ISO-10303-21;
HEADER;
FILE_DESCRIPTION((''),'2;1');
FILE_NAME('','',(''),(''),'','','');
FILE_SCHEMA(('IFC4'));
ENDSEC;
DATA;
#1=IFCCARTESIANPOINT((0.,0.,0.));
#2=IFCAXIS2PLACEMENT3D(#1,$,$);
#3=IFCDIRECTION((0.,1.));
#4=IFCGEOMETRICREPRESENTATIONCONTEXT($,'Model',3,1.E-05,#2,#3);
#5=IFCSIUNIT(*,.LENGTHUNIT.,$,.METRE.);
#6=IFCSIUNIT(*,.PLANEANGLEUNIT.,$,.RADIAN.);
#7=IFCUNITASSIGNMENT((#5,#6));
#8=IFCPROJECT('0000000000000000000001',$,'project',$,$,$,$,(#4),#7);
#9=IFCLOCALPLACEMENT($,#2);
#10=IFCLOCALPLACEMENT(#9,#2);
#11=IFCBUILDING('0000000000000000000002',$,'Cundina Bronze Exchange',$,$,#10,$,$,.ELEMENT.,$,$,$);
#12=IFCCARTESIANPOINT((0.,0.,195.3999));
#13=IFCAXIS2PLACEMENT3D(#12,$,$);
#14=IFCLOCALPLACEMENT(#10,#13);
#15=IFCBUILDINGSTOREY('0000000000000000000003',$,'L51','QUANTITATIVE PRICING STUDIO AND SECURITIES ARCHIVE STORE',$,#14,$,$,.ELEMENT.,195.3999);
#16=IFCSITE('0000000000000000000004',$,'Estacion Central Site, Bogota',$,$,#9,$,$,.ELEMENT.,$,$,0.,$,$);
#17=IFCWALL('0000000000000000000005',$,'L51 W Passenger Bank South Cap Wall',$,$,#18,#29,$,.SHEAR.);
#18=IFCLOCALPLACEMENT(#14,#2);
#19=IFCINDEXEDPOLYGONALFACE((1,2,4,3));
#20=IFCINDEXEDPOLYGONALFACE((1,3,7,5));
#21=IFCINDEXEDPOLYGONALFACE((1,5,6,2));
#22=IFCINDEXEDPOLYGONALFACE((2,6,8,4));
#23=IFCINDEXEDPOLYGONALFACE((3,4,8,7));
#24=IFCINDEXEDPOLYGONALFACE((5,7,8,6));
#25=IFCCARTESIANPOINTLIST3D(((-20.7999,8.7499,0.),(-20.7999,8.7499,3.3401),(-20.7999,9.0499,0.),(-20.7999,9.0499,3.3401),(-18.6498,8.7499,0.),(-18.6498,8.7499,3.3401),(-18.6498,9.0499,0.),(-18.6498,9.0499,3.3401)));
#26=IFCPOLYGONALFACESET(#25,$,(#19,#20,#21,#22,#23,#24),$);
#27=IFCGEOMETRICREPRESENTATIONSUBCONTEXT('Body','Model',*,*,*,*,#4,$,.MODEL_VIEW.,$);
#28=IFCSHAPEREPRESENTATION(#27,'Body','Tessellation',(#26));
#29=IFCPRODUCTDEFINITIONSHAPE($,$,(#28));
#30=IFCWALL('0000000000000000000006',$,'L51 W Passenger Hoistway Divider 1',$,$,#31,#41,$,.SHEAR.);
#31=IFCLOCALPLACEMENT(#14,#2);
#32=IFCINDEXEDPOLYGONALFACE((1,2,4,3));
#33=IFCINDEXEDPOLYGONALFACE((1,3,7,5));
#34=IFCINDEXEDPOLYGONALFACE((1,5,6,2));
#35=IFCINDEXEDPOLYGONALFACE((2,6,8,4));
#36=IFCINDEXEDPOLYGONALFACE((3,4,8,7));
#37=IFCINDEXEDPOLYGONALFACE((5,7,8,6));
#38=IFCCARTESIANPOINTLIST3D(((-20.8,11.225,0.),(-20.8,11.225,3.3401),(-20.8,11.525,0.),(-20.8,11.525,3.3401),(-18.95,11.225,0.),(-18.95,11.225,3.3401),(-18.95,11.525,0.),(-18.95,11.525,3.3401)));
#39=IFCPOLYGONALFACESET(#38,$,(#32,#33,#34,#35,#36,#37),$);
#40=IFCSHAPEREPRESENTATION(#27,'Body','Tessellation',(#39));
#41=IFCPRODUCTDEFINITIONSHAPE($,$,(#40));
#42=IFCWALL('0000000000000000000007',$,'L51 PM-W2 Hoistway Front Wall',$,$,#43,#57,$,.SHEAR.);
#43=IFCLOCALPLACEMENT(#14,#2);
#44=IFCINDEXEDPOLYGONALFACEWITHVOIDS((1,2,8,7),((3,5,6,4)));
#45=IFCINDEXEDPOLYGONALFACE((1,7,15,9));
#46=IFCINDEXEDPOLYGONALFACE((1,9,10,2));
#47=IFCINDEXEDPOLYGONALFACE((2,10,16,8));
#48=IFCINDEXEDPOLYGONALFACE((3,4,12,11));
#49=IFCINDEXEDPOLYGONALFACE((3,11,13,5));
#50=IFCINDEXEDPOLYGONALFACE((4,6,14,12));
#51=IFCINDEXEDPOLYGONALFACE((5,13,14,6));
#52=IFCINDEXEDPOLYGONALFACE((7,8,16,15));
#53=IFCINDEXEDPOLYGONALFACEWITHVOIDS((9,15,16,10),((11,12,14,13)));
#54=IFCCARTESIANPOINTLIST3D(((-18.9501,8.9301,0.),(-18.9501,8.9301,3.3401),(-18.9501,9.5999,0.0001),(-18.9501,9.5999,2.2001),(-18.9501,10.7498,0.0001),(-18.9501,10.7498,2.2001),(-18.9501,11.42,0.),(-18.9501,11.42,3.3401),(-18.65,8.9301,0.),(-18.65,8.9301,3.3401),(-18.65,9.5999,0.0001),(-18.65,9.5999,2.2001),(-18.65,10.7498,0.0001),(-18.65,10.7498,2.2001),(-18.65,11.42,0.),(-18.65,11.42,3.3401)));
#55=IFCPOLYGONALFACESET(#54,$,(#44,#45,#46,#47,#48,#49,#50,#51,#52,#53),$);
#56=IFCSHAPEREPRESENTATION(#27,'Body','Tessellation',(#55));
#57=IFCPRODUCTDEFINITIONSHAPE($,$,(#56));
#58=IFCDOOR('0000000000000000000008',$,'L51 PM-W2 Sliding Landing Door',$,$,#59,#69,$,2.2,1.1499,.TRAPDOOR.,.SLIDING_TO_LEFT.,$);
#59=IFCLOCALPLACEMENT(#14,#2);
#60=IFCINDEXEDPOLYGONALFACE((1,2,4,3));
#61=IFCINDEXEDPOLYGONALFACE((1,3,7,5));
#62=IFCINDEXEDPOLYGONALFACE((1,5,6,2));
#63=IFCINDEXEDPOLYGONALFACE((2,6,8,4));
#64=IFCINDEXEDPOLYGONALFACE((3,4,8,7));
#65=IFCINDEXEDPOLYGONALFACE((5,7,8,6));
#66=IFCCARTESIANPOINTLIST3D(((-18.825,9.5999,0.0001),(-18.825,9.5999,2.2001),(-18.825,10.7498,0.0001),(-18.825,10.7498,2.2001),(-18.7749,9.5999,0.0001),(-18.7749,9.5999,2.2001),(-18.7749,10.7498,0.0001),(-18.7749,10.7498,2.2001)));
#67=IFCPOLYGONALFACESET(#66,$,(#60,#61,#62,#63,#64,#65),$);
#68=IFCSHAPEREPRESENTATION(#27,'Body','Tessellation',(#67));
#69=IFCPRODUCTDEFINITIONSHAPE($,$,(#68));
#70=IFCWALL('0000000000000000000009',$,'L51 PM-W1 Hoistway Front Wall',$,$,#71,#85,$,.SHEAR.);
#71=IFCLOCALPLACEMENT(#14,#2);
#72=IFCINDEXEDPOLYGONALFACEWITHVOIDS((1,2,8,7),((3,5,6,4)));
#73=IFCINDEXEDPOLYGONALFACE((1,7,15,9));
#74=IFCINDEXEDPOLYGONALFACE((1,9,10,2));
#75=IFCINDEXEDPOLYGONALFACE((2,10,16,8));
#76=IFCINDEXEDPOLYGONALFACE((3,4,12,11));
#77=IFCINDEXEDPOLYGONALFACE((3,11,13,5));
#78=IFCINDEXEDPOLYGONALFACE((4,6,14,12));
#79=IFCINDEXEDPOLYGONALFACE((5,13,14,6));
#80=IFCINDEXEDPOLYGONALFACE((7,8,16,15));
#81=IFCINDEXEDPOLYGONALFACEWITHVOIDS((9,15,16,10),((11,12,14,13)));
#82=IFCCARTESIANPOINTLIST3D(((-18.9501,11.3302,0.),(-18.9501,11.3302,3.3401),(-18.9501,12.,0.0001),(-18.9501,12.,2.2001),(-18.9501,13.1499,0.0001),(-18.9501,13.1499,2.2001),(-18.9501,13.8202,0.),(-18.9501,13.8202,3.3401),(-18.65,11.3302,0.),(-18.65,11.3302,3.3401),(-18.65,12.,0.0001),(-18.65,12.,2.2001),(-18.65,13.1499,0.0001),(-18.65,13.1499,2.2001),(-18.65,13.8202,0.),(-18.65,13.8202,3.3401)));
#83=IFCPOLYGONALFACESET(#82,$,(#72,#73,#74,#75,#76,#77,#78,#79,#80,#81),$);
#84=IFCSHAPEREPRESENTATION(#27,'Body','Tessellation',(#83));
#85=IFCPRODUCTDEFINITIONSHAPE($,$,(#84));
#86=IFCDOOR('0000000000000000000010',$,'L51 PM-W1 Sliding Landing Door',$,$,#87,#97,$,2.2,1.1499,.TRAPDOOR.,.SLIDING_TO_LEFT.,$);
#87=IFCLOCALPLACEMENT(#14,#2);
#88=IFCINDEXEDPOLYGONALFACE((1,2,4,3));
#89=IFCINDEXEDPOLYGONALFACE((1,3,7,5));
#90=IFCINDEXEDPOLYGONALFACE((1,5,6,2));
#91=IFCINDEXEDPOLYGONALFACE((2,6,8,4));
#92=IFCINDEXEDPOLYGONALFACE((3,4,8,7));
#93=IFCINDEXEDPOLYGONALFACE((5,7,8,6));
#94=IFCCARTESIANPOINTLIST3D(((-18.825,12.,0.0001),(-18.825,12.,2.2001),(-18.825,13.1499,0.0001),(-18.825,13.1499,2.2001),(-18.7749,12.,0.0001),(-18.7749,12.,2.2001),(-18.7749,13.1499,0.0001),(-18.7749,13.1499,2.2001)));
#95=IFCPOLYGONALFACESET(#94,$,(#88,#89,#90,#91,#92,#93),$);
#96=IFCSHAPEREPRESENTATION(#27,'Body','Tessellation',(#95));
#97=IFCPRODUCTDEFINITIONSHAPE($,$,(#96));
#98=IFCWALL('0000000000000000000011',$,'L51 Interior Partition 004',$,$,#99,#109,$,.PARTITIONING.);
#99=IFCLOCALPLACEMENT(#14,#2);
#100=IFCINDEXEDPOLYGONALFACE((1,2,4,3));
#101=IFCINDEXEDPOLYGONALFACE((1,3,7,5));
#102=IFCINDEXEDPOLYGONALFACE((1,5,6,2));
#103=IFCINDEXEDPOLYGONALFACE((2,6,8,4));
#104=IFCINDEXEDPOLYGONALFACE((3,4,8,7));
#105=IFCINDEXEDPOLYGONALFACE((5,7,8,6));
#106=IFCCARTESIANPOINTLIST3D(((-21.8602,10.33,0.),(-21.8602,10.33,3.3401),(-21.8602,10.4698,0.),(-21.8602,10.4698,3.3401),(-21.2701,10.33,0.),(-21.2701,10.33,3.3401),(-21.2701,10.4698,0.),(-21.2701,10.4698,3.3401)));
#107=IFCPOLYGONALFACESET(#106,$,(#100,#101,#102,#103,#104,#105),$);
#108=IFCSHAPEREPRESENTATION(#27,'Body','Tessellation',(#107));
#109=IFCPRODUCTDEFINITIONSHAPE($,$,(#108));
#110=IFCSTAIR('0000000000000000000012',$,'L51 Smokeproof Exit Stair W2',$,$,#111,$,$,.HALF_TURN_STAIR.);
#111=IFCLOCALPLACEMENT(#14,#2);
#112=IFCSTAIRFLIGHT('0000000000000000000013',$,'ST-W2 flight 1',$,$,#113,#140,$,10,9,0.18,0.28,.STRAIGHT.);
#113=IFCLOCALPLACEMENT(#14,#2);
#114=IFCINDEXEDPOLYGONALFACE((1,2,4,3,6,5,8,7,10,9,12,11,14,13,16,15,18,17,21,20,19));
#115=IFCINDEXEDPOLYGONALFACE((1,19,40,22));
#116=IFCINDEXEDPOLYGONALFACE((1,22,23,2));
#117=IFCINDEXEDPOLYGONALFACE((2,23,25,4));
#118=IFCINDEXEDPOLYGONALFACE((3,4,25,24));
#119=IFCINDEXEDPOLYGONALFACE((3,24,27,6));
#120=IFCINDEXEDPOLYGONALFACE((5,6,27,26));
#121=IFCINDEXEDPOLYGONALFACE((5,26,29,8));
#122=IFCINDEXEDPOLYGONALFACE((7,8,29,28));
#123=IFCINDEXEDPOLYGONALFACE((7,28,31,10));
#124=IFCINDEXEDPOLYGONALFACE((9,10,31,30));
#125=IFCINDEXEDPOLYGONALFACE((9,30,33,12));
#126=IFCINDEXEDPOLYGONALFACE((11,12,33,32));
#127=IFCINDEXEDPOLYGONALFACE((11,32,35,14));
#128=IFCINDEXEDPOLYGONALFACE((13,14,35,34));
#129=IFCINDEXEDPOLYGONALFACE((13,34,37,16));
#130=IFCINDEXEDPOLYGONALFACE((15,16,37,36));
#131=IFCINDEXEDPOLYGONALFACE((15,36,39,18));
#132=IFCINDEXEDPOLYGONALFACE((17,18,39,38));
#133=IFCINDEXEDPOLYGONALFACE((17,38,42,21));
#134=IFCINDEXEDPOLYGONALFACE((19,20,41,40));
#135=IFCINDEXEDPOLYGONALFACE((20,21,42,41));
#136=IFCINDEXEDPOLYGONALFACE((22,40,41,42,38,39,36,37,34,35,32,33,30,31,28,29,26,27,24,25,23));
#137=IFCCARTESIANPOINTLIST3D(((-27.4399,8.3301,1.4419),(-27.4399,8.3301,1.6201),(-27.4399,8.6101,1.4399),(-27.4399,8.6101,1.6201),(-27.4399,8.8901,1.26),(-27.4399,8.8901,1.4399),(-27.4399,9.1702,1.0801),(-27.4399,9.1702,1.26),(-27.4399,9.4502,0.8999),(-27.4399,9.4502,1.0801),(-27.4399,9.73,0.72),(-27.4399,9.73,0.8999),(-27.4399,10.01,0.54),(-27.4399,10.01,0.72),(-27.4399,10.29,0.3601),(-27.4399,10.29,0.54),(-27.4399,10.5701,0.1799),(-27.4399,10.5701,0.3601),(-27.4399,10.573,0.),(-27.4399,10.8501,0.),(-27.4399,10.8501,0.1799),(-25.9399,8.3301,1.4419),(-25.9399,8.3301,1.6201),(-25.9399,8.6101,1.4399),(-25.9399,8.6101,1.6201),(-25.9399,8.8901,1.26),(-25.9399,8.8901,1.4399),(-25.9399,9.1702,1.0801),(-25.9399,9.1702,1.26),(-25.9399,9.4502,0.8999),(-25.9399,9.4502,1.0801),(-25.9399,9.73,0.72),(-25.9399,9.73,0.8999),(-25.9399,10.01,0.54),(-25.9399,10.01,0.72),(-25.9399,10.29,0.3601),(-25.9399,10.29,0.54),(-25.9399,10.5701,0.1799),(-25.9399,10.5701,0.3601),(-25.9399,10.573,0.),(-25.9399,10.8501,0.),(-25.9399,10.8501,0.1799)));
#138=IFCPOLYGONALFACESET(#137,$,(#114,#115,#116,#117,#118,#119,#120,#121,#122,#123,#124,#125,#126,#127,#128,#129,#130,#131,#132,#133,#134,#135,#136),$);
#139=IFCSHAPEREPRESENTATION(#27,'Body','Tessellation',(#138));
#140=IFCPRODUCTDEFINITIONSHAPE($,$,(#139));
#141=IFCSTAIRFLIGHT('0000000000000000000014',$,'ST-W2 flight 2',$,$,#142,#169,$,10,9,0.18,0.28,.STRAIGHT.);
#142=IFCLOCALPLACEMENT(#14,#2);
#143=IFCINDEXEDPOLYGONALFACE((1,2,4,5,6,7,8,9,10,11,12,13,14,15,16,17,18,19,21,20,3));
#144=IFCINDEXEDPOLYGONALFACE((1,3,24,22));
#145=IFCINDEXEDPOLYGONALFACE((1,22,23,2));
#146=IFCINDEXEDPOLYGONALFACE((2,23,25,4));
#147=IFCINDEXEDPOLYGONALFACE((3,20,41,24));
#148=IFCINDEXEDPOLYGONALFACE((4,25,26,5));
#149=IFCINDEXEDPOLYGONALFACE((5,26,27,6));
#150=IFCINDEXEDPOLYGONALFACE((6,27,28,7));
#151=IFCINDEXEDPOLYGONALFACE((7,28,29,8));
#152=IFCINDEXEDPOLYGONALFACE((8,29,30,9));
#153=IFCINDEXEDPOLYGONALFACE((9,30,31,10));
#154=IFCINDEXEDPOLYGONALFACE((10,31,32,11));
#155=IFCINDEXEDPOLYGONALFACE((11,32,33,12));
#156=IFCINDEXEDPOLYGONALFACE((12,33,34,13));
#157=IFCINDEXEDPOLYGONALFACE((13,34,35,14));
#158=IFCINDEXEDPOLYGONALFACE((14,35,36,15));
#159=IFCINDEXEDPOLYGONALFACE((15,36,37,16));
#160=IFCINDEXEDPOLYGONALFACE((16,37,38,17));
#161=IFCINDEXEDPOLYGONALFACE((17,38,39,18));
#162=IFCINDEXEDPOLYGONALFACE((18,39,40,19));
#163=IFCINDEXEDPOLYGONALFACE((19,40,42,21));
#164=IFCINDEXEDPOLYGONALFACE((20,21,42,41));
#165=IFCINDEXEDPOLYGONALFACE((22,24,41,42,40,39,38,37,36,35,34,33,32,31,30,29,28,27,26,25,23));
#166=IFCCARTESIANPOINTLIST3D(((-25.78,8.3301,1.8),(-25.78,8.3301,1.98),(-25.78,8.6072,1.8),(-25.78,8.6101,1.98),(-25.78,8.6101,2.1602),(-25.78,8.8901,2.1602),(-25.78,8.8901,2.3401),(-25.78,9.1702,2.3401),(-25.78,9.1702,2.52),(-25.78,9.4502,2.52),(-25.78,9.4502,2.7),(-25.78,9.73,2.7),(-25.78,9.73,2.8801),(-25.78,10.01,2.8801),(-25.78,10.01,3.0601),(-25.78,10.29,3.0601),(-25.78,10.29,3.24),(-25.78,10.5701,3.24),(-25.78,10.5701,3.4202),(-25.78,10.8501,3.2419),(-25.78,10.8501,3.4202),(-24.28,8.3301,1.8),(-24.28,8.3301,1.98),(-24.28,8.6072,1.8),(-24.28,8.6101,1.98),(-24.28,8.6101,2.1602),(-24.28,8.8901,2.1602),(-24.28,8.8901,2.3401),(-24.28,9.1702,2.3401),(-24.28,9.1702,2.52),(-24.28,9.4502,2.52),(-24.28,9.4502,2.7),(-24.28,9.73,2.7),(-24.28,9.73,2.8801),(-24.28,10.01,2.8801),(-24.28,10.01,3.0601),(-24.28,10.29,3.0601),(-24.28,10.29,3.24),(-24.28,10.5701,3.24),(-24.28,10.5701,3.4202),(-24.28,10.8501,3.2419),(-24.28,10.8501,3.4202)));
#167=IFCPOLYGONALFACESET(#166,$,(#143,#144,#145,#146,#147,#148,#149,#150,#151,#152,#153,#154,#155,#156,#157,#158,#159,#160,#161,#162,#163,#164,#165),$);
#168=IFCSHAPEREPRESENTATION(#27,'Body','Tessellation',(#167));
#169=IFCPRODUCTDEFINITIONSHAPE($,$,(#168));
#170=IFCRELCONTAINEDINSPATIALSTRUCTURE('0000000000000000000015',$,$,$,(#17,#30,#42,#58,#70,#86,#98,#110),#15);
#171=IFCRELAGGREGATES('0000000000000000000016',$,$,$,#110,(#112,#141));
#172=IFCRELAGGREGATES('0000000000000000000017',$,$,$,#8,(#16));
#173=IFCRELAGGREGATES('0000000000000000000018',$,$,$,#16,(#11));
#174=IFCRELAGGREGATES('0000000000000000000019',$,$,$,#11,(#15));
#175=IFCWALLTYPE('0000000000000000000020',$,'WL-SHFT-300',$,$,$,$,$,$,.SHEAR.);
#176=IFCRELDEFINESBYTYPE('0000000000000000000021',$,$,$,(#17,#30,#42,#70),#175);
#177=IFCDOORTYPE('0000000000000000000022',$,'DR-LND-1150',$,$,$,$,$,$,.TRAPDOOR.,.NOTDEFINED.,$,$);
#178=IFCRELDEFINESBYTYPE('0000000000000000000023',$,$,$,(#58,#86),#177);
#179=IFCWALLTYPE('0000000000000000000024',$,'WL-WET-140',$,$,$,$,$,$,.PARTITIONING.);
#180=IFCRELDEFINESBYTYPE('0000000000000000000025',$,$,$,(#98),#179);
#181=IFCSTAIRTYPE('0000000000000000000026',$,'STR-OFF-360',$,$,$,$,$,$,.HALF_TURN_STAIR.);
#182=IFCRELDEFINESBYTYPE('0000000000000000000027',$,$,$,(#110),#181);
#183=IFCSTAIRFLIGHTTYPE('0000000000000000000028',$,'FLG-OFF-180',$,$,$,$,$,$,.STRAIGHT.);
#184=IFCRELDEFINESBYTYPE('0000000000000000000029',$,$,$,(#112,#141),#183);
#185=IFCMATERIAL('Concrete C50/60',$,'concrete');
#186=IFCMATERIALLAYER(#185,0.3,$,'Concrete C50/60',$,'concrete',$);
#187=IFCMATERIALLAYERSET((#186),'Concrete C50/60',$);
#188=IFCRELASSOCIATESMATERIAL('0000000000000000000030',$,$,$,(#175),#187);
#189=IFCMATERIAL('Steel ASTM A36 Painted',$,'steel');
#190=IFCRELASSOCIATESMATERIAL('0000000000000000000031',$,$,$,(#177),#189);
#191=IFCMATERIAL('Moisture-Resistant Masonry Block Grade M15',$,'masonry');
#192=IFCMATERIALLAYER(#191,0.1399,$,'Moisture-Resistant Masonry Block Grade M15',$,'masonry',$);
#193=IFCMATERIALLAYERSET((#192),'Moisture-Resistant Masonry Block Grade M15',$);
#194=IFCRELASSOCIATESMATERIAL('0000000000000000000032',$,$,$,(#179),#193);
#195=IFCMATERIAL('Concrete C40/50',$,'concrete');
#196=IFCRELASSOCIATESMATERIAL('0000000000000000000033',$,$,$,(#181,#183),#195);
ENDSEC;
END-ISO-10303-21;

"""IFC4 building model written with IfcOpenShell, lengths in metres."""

from ifc_helpers import new_model, si_unit, direction, frame, frame_2d, origin, place, context, subcontext, project, spatial, polyline, rectangle, outline, extrude, material, layer, layer_set, type_object, element, fill, aggregate, save


model = new_model("IFC4")

# Units and contexts
model_context = context("Model", 3, precision=1e-05, world=origin(), true_north=direction((0.0, 1.0)))
body_context = subcontext(model_context, "Body", "Model", "MODEL_VIEW")
ifc_project = project(units=[si_unit("LENGTHUNIT", "METRE"), si_unit("PLANEANGLEUNIT", "RADIAN")], contexts=[model_context])

# Site, building, storey
site_placement = place(None, origin())
site = spatial("IfcSite", under=ifc_project, at=site_placement, Name="Estacion Central Site, Bogota", CompositionType="ELEMENT", RefElevation=0.0)
building_placement = place(site_placement, origin())
building = spatial("IfcBuilding", under=site, at=building_placement, Name="Cundina Bronze Exchange", CompositionType="ELEMENT")
storey_placement = place(building_placement, frame((0.0, 0.0, 195.3999)))
storey = spatial("IfcBuildingStorey", under=building, at=storey_placement, Name="L51", Description="QUANTITATIVE PRICING STUDIO AND SECURITIES ARCHIVE STORE", CompositionType="ELEMENT", Elevation=195.3999)

# Shared definitions
ifc_material_1 = material(Name="Concrete C50/60", Category="concrete")

# Shared definitions
ifc_layer_1 = layer(ifc_material_1, 0.3, Name="Concrete C50/60", Category="concrete")
ifc_layer_set_1 = layer_set([ifc_layer_1], Name="Concrete C50/60")
wall_type_1 = type_object("IfcWallType", Name="WL-SHFT-300", PredefinedType="SHEAR", material=ifc_layer_set_1)
ifc_material_2 = material(Name="Steel ASTM A36 Painted", Category="steel")
door_type_1 = type_object("IfcDoorType", Name="DR-LND-1150", OperationType="NOTDEFINED", PredefinedType="TRAPDOOR", material=ifc_material_2)

# Walls
wall_1_placement = place(storey_placement, frame((-20.8, 8.8999, 0.0), z_axis=(0.0, 0.0, 1.0), x_axis=(1.0, 0.0, 0.0)))
element("IfcWall", 1, at=wall_1_placement, inside=storey, type_object=wall_type_1, Name="L51 W Passenger Bank South Cap Wall", PredefinedType="SHEAR", context=body_context, shape_type="SweptSolid", body=[
    extrude(rectangle(XDim=2.1501, YDim=0.3, at=frame_2d((1.0752, 0.0))), origin(), (0.0, 0.0, 1.0), 3.3401),
])
wall_2_placement = place(storey_placement, frame((-20.8, 11.375, 0.0), z_axis=(0.0, 0.0, 1.0), x_axis=(1.0, 0.0, 0.0)))
element("IfcWall", 2, at=wall_2_placement, inside=storey, type_object=wall_type_1, Name="L51 W Passenger Hoistway Divider 1", PredefinedType="SHEAR", context=body_context, shape_type="SweptSolid", body=[
    extrude(rectangle(XDim=1.8501, YDim=0.3, at=frame_2d((0.925, 0.0))), origin(), (0.0, 0.0, 1.0), 3.3401),
])

# Walls, openings, doors
wall_3_placement = place(storey_placement, frame((-18.8, 8.9299, 0.0), z_axis=(0.0, 0.0, 1.0), x_axis=(0.0, 1.0, 0.0)))
wall_3 = element("IfcWall", 3, at=wall_3_placement, inside=storey, type_object=wall_type_1, Name="L51 PM-W2 Hoistway Front Wall", PredefinedType="SHEAR", context=body_context, shape_type="SweptSolid", body=[
    extrude(rectangle(XDim=2.49, YDim=0.3, at=frame_2d((1.2451, 0.0))), origin(), (0.0, 0.0, 1.0), 3.3401),
])
opening_1_placement = place(wall_3_placement, frame((0.6699, 0.0, 0.0)))
opening_1 = element("IfcOpeningElement", 4, at=opening_1_placement, cuts=wall_3, PredefinedType="OPENING", context=body_context, shape_type="SweptSolid", body=[
    extrude(rectangle(XDim=1.1499, YDim=2.2, at=frame_2d((0.575, 1.1001))), frame((0.0, 0.1599, 0.0), z_axis=(0.0, -1.0, 0.0), x_axis=(1.0, 0.0, 0.0)), (0.0, 0.0, 1.0), 0.3201),
])
door_1_placement = place(opening_1_placement, origin())
door_1 = element("IfcDoor", 5, at=door_1_placement, inside=storey, type_object=door_type_1, Name="L51 PM-W2 Sliding Landing Door", OperationType="SLIDING_TO_LEFT", OverallHeight=2.2, OverallWidth=1.1499, PredefinedType="TRAPDOOR", context=body_context, shape_type="SweptSolid", body=[
    extrude(rectangle(XDim=1.1499, YDim=2.2, at=frame_2d((0.575, 1.1001))), frame((0.0, 0.0249, 0.0), z_axis=(0.0, -1.0, 0.0), x_axis=(1.0, 0.0, 0.0)), (0.0, 0.0, 1.0), 0.05),
])
fill(opening_1, door_1)
wall_4_placement = place(storey_placement, frame((-18.8, 11.3301, 0.0), z_axis=(0.0, 0.0, 1.0), x_axis=(0.0, 1.0, 0.0)))
wall_4 = element("IfcWall", 6, at=wall_4_placement, inside=storey, type_object=wall_type_1, Name="L51 PM-W1 Hoistway Front Wall", PredefinedType="SHEAR", context=body_context, shape_type="SweptSolid", body=[
    extrude(rectangle(XDim=2.49, YDim=0.3, at=frame_2d((1.2451, 0.0))), origin(), (0.0, 0.0, 1.0), 3.3401),
])
opening_2_placement = place(wall_4_placement, frame((0.6699, 0.0, 0.0)))
opening_2 = element("IfcOpeningElement", 7, at=opening_2_placement, cuts=wall_4, PredefinedType="OPENING", context=body_context, shape_type="SweptSolid", body=[
    extrude(rectangle(XDim=1.1499, YDim=2.2, at=frame_2d((0.575, 1.1001))), frame((0.0, 0.1599, 0.0), z_axis=(0.0, -1.0, 0.0), x_axis=(1.0, 0.0, 0.0)), (0.0, 0.0, 1.0), 0.3201),
])
door_2_placement = place(opening_2_placement, origin())
door_2 = element("IfcDoor", 8, at=door_2_placement, inside=storey, type_object=door_type_1, Name="L51 PM-W1 Sliding Landing Door", OperationType="SLIDING_TO_LEFT", OverallHeight=2.2, OverallWidth=1.1499, PredefinedType="TRAPDOOR", context=body_context, shape_type="SweptSolid", body=[
    extrude(rectangle(XDim=1.1499, YDim=2.2, at=frame_2d((0.575, 1.1001))), frame((0.0, 0.0249, 0.0), z_axis=(0.0, -1.0, 0.0), x_axis=(1.0, 0.0, 0.0)), (0.0, 0.0, 1.0), 0.05),
])
fill(opening_2, door_2)

# Wall
ifc_material_3 = material(Name="Moisture-Resistant Masonry Block Grade M15", Category="masonry")
ifc_layer_2 = layer(ifc_material_3, 0.1399, Name="Moisture-Resistant Masonry Block Grade M15", Category="masonry")
ifc_layer_set_2 = layer_set([ifc_layer_2], Name="Moisture-Resistant Masonry Block Grade M15")
wall_type_2 = type_object("IfcWallType", Name="WL-WET-140", PredefinedType="PARTITIONING", material=ifc_layer_set_2)
wall_5_placement = place(storey_placement, frame((-21.8601, 10.3999, 0.0), z_axis=(0.0, 0.0, 1.0), x_axis=(1.0, 0.0, 0.0)))
element("IfcWall", 9, at=wall_5_placement, inside=storey, type_object=wall_type_2, Name="L51 Interior Partition 004", PredefinedType="PARTITIONING", context=body_context, shape_type="SweptSolid", body=[
    extrude(rectangle(XDim=0.5901, YDim=0.1399, at=frame_2d((0.2949, 0.0))), origin(), (0.0, 0.0, 1.0), 3.3401),
])

# Stair, stair flights
ifc_material_4 = material(Name="Concrete C40/50", Category="concrete")
stair_type = type_object("IfcStairType", Name="STR-OFF-360", PredefinedType="HALF_TURN_STAIR", material=ifc_material_4)
stair_placement = place(storey_placement, origin())
stair = element("IfcStair", 10, at=stair_placement, inside=storey, type_object=stair_type, Name="L51 Smokeproof Exit Stair W2", PredefinedType="HALF_TURN_STAIR")
stair_flight_type = type_object("IfcStairFlightType", Name="FLG-OFF-180", PredefinedType="STRAIGHT", material=ifc_material_4)
stair_flight_1_placement = place(storey_placement, frame((-26.6899, 10.8501, 0.0), z_axis=(0.0, 0.0, 1.0), x_axis=(0.0, -1.0, 0.0)))
stair_flight_1 = element("IfcStairFlight", 11, at=stair_flight_1_placement, type_object=stair_flight_type, Name="ST-W2 flight 1", NumberOfRisers=10, NumberOfTreads=9, PredefinedType="STRAIGHT", RiserHeight=0.18, TreadLength=0.28, context=body_context, shape_type="SweptSolid", body=[
    extrude(outline(polyline([(0.0, 0.0), (0.0, 0.1799), (0.28, 0.1799), (0.28, 0.3601), (0.5601, 0.3601), (0.5601, 0.54), (0.8401, 0.54), (0.8401, 0.72), (1.1201, 0.72), (1.1201, 0.8999), (1.3999, 0.8999), (1.3999, 1.0801), (1.6799, 1.0801), (1.6799, 1.26), (1.96, 1.26), (1.96, 1.4399), (2.24, 1.4399), (2.24, 1.6201), (2.52, 1.6201), (2.52, 1.8), (2.52, 1.4419), (0.2771, 0.0), (0.0, 0.0)])), frame((0.0, 0.75, 0.0), z_axis=(0.0, -1.0, 0.0), x_axis=(1.0, 0.0, 0.0)), (0.0, 0.0, 1.0), 1.5),
])
stair_flight_2_placement = place(storey_placement, frame((-25.03, 8.3301, 1.8), z_axis=(0.0, 0.0, 1.0), x_axis=(0.0, 1.0, 0.0)))
stair_flight_2 = element("IfcStairFlight", 12, at=stair_flight_2_placement, type_object=stair_flight_type, Name="ST-W2 flight 2", NumberOfRisers=10, NumberOfTreads=9, PredefinedType="STRAIGHT", RiserHeight=0.18, TreadLength=0.28, context=body_context, shape_type="SweptSolid", body=[
    extrude(outline(polyline([(0.0, 0.0), (0.0, 0.1799), (0.28, 0.1799), (0.28, 0.3601), (0.5601, 0.3601), (0.5601, 0.54), (0.8401, 0.54), (0.8401, 0.72), (1.1201, 0.72), (1.1201, 0.8999), (1.3999, 0.8999), (1.3999, 1.0801), (1.6799, 1.0801), (1.6799, 1.26), (1.96, 1.26), (1.96, 1.4399), (2.24, 1.4399), (2.24, 1.6201), (2.52, 1.6201), (2.52, 1.8), (2.52, 1.4419), (0.2771, 0.0), (0.0, 0.0)])), frame((0.0, 0.75, 0.0), z_axis=(0.0, -1.0, 0.0), x_axis=(1.0, 0.0, 0.0)), (0.0, 0.0, 1.0), 1.5),
])
aggregate(stair, [stair_flight_1, stair_flight_2])

save(model, "model.ifc")
